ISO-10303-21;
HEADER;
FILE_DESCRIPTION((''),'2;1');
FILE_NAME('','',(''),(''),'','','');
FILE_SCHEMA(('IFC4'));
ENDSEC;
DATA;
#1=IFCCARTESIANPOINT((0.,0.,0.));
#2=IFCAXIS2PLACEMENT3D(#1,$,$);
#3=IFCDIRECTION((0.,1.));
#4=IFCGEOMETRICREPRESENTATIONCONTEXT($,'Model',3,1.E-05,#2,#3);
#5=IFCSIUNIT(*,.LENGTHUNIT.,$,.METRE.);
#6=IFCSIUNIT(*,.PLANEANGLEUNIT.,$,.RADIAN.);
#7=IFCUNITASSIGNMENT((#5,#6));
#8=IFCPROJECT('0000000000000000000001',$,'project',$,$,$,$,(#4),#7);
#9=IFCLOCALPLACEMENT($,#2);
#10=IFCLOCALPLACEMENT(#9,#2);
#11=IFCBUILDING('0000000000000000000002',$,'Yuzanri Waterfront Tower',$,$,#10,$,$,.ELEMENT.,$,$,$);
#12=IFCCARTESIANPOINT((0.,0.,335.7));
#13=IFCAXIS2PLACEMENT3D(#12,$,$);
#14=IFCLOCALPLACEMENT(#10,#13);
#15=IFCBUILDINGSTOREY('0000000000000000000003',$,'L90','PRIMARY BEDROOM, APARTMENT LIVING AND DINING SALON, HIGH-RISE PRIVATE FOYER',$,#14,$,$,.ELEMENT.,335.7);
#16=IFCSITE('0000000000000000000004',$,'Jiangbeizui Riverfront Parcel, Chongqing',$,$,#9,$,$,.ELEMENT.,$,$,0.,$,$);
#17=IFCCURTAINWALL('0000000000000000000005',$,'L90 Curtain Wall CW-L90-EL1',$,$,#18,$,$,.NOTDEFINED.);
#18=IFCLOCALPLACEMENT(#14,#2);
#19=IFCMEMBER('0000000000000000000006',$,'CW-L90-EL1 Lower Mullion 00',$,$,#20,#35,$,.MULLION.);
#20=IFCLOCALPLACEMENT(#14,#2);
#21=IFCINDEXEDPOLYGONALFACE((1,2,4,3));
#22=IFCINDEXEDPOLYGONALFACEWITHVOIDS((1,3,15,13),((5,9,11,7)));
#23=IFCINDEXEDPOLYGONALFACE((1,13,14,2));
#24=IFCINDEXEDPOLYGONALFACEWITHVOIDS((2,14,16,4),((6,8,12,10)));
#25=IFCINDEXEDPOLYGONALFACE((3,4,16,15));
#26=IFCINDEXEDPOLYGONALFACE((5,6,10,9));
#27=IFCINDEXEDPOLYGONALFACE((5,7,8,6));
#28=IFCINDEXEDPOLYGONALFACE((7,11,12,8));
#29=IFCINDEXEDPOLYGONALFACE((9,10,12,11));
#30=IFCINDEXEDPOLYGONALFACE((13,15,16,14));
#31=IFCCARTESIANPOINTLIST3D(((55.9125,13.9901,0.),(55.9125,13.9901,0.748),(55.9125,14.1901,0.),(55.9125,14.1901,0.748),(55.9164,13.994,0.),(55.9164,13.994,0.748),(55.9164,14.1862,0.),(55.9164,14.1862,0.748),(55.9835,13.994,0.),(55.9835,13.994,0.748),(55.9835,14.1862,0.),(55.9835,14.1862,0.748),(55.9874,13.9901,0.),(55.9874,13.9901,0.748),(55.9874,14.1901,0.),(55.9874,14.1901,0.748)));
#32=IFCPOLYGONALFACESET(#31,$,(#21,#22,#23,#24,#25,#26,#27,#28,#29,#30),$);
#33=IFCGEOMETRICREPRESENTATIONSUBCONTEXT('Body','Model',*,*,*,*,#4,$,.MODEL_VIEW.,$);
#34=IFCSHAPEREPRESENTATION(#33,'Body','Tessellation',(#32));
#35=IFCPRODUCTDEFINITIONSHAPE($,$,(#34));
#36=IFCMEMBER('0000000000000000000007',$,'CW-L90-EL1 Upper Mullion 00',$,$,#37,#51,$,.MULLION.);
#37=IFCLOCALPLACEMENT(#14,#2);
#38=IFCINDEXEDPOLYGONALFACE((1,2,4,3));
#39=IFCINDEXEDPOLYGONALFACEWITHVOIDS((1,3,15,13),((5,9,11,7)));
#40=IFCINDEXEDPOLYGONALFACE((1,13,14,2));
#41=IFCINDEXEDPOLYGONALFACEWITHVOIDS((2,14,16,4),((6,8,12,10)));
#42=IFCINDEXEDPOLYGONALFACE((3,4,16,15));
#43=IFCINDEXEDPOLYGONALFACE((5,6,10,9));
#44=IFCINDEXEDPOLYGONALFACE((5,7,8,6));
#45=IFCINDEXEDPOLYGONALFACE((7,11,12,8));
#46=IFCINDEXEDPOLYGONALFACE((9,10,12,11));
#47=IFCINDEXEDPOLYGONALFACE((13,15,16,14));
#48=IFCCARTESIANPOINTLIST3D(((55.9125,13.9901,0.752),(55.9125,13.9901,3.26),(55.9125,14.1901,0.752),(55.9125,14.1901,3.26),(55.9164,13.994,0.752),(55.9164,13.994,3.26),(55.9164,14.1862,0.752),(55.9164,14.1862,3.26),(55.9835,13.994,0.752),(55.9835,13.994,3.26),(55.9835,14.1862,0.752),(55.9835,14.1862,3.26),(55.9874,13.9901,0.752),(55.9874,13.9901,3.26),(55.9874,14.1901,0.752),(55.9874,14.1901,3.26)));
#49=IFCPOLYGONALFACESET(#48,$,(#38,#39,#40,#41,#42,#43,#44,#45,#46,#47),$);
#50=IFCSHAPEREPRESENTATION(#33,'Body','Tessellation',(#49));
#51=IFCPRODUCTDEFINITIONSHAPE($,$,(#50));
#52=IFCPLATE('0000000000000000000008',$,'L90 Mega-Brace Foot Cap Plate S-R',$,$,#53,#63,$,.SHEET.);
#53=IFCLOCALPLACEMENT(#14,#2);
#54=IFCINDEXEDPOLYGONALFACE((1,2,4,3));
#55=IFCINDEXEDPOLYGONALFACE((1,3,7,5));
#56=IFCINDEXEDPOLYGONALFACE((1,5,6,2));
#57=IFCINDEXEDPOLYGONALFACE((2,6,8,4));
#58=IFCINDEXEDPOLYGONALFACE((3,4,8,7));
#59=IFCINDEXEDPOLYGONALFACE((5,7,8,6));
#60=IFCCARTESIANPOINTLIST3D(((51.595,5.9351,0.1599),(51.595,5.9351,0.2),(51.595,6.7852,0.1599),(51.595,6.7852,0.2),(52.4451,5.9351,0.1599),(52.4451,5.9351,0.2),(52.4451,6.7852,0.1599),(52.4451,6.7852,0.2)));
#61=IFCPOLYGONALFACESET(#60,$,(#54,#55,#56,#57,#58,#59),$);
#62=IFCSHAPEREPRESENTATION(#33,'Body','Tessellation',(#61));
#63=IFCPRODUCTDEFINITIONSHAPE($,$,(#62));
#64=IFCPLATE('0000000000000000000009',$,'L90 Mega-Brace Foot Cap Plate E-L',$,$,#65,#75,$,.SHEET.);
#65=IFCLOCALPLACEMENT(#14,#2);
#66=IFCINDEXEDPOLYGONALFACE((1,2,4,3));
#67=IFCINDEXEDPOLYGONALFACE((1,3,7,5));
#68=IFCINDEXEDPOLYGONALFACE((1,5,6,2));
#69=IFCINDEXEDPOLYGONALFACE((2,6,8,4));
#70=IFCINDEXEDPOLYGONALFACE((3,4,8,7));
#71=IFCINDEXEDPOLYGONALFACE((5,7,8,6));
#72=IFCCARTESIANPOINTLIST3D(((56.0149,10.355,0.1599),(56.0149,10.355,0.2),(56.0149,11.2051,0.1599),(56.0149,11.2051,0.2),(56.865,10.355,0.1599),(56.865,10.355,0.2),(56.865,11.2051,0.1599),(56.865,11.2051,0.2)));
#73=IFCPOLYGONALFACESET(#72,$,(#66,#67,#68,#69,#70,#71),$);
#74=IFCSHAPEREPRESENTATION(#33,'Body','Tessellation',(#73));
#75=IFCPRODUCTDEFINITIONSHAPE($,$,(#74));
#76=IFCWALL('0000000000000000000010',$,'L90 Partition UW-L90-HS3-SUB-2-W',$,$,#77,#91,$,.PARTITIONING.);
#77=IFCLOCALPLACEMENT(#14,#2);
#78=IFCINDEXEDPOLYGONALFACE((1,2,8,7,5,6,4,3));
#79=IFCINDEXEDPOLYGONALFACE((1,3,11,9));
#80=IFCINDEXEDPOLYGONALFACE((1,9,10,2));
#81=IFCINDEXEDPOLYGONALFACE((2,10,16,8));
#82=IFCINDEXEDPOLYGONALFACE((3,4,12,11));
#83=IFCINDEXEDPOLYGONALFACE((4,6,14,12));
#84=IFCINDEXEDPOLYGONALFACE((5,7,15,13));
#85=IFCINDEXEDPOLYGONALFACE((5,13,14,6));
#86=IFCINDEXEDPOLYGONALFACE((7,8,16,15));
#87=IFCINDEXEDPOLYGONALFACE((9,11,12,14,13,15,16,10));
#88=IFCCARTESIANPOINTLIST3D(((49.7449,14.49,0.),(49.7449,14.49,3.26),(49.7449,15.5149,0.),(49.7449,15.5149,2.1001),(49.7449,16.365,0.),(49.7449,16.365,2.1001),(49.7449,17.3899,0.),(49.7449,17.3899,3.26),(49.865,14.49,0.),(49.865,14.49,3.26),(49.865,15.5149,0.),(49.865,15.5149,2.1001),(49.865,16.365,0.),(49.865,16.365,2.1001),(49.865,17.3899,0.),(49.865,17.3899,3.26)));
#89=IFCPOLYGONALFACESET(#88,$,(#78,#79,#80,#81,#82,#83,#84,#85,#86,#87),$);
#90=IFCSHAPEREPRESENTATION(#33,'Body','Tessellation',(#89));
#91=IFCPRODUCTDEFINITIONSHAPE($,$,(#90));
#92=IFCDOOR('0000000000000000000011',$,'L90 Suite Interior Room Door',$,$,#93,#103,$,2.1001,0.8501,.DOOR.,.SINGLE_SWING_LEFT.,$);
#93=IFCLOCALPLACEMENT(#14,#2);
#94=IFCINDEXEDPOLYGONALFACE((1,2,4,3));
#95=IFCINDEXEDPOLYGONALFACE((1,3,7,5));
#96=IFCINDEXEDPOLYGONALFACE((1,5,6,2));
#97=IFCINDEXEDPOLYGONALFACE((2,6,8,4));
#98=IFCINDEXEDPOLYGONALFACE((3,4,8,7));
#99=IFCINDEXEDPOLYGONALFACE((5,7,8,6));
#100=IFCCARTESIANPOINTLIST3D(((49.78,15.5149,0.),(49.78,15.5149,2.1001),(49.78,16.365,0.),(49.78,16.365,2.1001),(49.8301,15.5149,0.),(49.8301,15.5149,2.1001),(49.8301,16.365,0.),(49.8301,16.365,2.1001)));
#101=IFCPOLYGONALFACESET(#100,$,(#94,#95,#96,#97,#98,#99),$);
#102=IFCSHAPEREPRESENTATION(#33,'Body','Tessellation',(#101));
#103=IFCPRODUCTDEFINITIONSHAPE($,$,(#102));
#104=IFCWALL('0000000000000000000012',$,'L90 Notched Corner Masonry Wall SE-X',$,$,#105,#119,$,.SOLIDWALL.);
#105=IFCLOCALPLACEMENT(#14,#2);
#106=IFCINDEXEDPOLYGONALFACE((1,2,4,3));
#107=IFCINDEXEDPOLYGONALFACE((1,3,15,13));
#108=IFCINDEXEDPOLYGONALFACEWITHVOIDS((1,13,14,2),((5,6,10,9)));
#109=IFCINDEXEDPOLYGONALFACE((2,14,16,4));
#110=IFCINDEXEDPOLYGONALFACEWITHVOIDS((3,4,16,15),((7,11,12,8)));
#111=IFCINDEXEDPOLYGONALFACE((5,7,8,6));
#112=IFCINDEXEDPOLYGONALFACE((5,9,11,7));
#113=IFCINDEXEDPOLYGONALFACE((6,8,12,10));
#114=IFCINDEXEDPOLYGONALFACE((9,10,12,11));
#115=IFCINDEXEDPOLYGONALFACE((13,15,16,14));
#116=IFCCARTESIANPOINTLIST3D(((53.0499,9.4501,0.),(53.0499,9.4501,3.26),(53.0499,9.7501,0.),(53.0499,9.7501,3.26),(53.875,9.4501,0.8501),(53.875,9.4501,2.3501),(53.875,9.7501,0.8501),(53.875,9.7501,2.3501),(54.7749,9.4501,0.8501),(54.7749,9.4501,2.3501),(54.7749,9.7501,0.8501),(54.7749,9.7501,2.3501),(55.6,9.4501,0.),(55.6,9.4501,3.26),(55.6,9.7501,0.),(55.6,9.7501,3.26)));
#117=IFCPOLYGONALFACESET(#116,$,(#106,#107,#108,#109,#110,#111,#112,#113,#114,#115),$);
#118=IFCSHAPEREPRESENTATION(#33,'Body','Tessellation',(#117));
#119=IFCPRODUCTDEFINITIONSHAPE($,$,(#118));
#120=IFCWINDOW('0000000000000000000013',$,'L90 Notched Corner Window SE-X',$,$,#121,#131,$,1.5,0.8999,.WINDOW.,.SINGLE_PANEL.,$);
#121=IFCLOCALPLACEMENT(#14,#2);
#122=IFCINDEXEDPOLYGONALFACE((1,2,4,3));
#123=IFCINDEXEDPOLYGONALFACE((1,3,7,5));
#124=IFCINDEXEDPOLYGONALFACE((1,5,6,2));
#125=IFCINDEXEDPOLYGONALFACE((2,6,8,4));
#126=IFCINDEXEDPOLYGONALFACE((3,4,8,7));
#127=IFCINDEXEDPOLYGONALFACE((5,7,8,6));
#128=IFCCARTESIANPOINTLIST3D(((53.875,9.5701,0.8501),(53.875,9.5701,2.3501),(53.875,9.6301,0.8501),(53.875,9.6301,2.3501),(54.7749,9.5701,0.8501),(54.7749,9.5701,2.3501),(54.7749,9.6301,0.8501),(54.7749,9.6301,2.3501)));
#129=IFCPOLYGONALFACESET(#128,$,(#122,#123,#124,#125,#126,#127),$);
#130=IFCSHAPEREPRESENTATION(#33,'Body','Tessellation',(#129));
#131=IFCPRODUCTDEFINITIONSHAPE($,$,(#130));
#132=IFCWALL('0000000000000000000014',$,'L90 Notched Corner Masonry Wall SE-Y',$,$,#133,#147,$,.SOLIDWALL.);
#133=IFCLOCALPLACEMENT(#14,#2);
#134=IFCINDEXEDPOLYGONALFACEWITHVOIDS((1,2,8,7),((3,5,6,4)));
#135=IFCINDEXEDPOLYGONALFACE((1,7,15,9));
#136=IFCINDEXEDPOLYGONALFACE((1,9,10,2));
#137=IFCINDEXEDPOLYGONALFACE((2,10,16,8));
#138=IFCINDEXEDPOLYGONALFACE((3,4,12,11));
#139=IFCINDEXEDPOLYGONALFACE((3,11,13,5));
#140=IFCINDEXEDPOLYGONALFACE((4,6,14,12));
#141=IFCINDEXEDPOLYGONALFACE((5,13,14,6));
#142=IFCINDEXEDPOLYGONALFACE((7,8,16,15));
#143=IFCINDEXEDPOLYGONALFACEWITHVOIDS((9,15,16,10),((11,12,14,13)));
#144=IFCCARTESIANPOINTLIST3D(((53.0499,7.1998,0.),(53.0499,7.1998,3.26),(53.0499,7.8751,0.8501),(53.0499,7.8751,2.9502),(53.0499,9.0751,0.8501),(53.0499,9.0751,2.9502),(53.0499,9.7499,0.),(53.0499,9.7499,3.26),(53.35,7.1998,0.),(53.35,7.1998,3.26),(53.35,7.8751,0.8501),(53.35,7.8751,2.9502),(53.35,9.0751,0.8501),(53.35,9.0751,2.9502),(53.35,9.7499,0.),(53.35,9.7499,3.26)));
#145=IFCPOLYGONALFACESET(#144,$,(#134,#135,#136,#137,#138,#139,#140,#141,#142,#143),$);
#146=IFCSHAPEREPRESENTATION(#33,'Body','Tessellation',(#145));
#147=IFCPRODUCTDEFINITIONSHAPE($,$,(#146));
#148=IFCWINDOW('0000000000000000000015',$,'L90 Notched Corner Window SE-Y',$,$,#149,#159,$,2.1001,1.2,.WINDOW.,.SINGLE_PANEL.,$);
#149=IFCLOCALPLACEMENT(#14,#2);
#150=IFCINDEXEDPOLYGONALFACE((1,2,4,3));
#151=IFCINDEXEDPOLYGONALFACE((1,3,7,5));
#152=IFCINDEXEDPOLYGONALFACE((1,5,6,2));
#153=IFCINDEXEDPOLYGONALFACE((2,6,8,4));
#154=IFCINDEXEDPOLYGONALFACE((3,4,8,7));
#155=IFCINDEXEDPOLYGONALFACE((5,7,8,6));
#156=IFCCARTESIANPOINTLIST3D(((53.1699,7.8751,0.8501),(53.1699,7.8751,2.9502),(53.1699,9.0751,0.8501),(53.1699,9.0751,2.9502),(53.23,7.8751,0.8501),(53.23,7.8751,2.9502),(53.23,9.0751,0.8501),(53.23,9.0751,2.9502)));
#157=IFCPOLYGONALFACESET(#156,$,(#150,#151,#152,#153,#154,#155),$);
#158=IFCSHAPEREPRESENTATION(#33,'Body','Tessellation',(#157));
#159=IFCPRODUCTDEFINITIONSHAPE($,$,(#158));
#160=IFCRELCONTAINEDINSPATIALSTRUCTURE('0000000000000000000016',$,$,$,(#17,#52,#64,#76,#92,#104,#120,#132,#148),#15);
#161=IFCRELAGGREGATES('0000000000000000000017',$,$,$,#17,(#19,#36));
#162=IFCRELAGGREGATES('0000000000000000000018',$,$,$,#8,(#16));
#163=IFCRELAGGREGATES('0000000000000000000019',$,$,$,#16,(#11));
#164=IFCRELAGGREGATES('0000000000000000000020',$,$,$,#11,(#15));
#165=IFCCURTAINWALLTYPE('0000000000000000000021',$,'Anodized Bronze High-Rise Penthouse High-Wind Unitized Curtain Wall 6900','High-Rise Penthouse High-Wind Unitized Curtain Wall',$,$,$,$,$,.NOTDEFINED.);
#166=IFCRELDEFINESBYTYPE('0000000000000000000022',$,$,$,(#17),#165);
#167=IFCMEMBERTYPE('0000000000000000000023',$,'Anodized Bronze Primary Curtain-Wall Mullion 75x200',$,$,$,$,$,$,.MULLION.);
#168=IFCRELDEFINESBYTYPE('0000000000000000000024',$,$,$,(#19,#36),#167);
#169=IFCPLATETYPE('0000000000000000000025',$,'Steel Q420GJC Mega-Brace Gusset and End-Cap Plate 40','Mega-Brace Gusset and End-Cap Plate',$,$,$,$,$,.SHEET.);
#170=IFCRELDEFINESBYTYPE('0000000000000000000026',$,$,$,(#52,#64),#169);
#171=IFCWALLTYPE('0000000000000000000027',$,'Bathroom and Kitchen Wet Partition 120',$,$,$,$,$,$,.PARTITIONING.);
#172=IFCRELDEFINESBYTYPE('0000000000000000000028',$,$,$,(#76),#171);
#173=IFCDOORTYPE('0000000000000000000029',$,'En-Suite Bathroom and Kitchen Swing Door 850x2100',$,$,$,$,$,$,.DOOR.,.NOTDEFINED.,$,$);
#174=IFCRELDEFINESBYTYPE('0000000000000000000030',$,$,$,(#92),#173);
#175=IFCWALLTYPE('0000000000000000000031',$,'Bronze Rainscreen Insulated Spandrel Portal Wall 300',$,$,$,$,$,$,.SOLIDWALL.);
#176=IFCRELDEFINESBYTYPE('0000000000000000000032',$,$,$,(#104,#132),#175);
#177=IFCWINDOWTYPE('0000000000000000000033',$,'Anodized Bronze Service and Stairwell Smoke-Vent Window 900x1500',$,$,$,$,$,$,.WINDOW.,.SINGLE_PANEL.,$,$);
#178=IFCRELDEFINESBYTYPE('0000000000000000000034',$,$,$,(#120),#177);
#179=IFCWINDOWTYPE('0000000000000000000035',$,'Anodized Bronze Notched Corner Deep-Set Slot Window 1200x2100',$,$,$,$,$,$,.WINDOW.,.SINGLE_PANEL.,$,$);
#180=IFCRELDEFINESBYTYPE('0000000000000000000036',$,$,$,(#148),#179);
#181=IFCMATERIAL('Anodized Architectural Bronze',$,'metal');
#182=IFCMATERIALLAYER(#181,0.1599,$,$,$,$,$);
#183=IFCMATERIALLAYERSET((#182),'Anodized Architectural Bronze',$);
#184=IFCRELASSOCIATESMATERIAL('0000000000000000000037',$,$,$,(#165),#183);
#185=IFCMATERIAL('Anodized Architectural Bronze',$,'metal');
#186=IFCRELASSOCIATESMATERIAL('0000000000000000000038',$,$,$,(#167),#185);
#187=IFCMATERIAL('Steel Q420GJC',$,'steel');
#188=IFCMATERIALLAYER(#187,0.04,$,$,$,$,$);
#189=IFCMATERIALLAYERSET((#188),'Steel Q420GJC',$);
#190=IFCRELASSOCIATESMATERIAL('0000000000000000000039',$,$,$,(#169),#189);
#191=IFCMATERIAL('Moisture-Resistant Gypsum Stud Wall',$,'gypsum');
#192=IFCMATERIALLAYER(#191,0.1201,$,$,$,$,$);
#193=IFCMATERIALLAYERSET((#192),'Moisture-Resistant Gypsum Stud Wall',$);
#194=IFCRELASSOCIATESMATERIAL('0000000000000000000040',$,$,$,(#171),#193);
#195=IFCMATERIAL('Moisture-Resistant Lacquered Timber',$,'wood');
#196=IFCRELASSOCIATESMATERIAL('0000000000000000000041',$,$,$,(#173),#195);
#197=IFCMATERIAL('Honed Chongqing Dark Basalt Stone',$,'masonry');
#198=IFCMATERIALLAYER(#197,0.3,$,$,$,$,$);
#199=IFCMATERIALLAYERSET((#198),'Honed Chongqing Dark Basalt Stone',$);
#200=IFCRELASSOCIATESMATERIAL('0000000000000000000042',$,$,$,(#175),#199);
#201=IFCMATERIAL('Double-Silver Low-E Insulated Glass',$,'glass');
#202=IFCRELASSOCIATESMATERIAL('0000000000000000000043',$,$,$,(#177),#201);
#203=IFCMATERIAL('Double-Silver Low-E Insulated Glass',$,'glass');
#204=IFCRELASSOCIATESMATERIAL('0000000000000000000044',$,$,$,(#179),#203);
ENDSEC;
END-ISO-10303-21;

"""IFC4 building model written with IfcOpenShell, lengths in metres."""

from ifc_helpers import new_model, si_unit, direction, frame, frame_2d, origin, origin_2d, place, context, subcontext, project, spatial, rectangle, hollow_rectangle, extrude, source, transform, mapped, material, layer, layer_set, material_profile, profile_set, type_object, element, fill, aggregate, save


model = new_model("IFC4")

# Units and contexts
model_context = context("Model", 3, precision=1e-05, world=origin(), true_north=direction((0.0, 1.0)))
body_context = subcontext(model_context, "Body", "Model", "MODEL_VIEW")
ifc_project = project(units=[si_unit("LENGTHUNIT", "METRE"), si_unit("PLANEANGLEUNIT", "RADIAN")], contexts=[model_context])

# Site, building, storey
site_placement = place(None, origin())
site = spatial("IfcSite", under=ifc_project, at=site_placement, Name="Jiangbeizui Riverfront Parcel, Chongqing", CompositionType="ELEMENT", RefElevation=0.0)
building_placement = place(site_placement, origin())
building = spatial("IfcBuilding", under=site, at=building_placement, Name="Yuzanri Waterfront Tower", CompositionType="ELEMENT")
storey_placement = place(building_placement, frame((0.0, 0.0, 335.7)))
storey = spatial("IfcBuildingStorey", under=building, at=storey_placement, Name="L90", Description="PRIMARY BEDROOM, APARTMENT LIVING AND DINING SALON, HIGH-RISE PRIVATE FOYER", CompositionType="ELEMENT", Elevation=335.7)

# Curtain wall, members
ifc_material_1 = material(Name="Anodized Architectural Bronze", Category="metal")
ifc_layer_1 = layer(ifc_material_1, 0.1599)
ifc_layer_set_1 = layer_set([ifc_layer_1], Name="Anodized Architectural Bronze")
curtain_wall_type = type_object("IfcCurtainWallType", Name="Anodized Bronze High-Rise Penthouse High-Wind Unitized Curtain Wall 6900", Description="High-Rise Penthouse High-Wind Unitized Curtain Wall", PredefinedType="NOTDEFINED", material=ifc_layer_set_1)
curtain_wall_placement = place(storey_placement, origin())
curtain_wall = element("IfcCurtainWall", 1, at=curtain_wall_placement, inside=storey, type_object=curtain_wall_type, Name="L90 Curtain Wall CW-L90-EL1", PredefinedType="NOTDEFINED")
ifc_material_2 = material(Name="Anodized Architectural Bronze", Category="metal")
ifc_material_profile_1 = material_profile(ifc_material_2, hollow_rectangle(XDim=0.075, YDim=0.2, WallThickness=0.0039, at=origin_2d()), Name="CWM 75x200")
ifc_profile_set_1 = profile_set([ifc_material_profile_1], Name="Anodized Architectural Bronze")
member_type_1 = type_object("IfcMemberType", Name="Anodized Bronze Primary Curtain-Wall Mullion 75x200", PredefinedType="MULLION", material=ifc_profile_set_1)
shared_shape_1 = source(origin(), body_context, "Body", "SweptSolid", [
    extrude(hollow_rectangle(XDim=0.075, YDim=0.2, WallThickness=0.0039, at=origin_2d()), origin(), (0.0, 0.0, 1.0), 0.748),
])
member_1_placement = place(storey_placement, frame((55.95, 14.0901, 0.0), z_axis=(0.0, 0.0, 1.0), x_axis=(1.0, 0.0, 0.0)))
member_1 = element("IfcMember", 2, at=member_1_placement, type_object=member_type_1, Name="CW-L90-EL1 Lower Mullion 00", PredefinedType="MULLION", context=body_context, shape_type="MappedRepresentation", body=[
    mapped(shared_shape_1, transform((0.0, 0.0, 0.0), scale=1.0)),
])
shared_shape_2 = source(origin(), body_context, "Body", "SweptSolid", [
    extrude(hollow_rectangle(XDim=0.075, YDim=0.2, WallThickness=0.0039, at=origin_2d()), origin(), (0.0, 0.0, 1.0), 2.5081),
])
member_2_placement = place(storey_placement, frame((55.95, 14.0901, 0.752), z_axis=(0.0, 0.0, 1.0), x_axis=(1.0, 0.0, 0.0)))
member_2 = element("IfcMember", 3, at=member_2_placement, type_object=member_type_1, Name="CW-L90-EL1 Upper Mullion 00", PredefinedType="MULLION", context=body_context, shape_type="MappedRepresentation", body=[
    mapped(shared_shape_2, transform((0.0, 0.0, 0.0), scale=1.0)),
])
aggregate(curtain_wall, [member_1, member_2])

# Plates
ifc_material_3 = material(Name="Steel Q420GJC", Category="steel")
ifc_layer_2 = layer(ifc_material_3, 0.04)
ifc_layer_set_2 = layer_set([ifc_layer_2], Name="Steel Q420GJC")
plate_type = type_object("IfcPlateType", Name="Steel Q420GJC Mega-Brace Gusset and End-Cap Plate 40", Description="Mega-Brace Gusset and End-Cap Plate", PredefinedType="SHEET", material=ifc_layer_set_2)
shared_shape_3 = source(origin(), body_context, "Body", "SweptSolid", [
    extrude(rectangle(XDim=0.8501, YDim=0.8501, at=origin_2d()), origin(), (0.0, 0.0, 1.0), 0.04),
])
for number, where, z_axis, x_axis, name in (
    (4, (52.02, 6.3601, 0.1599), (0.0, 0.0, 1.0), (1.0, 0.0, 0.0), "L90 Mega-Brace Foot Cap Plate S-R"),
    (5, (56.4399, 10.78, 0.1599), (0.0, 0.0, 1.0), (1.0, 0.0, 0.0), "L90 Mega-Brace Foot Cap Plate E-L"),
):
    element("IfcPlate", number, at=place(storey_placement, frame(where, z_axis=z_axis, x_axis=x_axis)), inside=storey, type_object=plate_type, Name=name, PredefinedType="SHEET", context=body_context, shape_type="MappedRepresentation", body=[
        mapped(shared_shape_3, transform((0.0, 0.0, 0.0), scale=1.0)),
    ])

# Wall, opening, door
ifc_material_4 = material(Name="Moisture-Resistant Gypsum Stud Wall", Category="gypsum")
ifc_layer_3 = layer(ifc_material_4, 0.1201)
ifc_layer_set_3 = layer_set([ifc_layer_3], Name="Moisture-Resistant Gypsum Stud Wall")
wall_type_1 = type_object("IfcWallType", Name="Bathroom and Kitchen Wet Partition 120", PredefinedType="PARTITIONING", material=ifc_layer_set_3)
wall_1_placement = place(storey_placement, frame((49.8049, 14.49, 0.0), z_axis=(0.0, 0.0, 1.0), x_axis=(0.0, 1.0, 0.0)))
wall_1 = element("IfcWall", 6, at=wall_1_placement, inside=storey, type_object=wall_type_1, Name="L90 Partition UW-L90-HS3-SUB-2-W", PredefinedType="PARTITIONING", context=body_context, shape_type="SweptSolid", body=[
    extrude(rectangle(XDim=2.8999, YDim=0.1201, at=frame_2d((1.45, 0.0))), origin(), (0.0, 0.0, 1.0), 3.26),
])
opening_1_placement = place(wall_1_placement, frame((1.0249, 0.0, 0.0)))
opening_1 = element("IfcOpeningElement", 7, at=opening_1_placement, cuts=wall_1, PredefinedType="OPENING", context=body_context, shape_type="SweptSolid", body=[
    extrude(rectangle(XDim=0.8501, YDim=2.1001, at=frame_2d((0.425, 1.05))), frame((0.0, 0.075, 0.0), z_axis=(0.0, -1.0, 0.0), x_axis=(1.0, 0.0, 0.0)), (0.0, 0.0, 1.0), 0.1499),
])
ifc_material_5 = material(Name="Moisture-Resistant Lacquered Timber", Category="wood")
door_type = type_object("IfcDoorType", Name="En-Suite Bathroom and Kitchen Swing Door 850x2100", OperationType="NOTDEFINED", PredefinedType="DOOR", material=ifc_material_5)
shared_shape_4 = source(origin(), body_context, "Body", "SweptSolid", [
    extrude(rectangle(XDim=0.8501, YDim=2.1001, at=frame_2d((0.425, 1.05))), frame((0.0, 0.0249, 0.0), z_axis=(0.0, -1.0, 0.0), x_axis=(1.0, 0.0, 0.0)), (0.0, 0.0, 1.0), 0.05),
])
door_placement = place(opening_1_placement, origin())
door = element("IfcDoor", 8, at=door_placement, inside=storey, type_object=door_type, Name="L90 Suite Interior Room Door", OperationType="SINGLE_SWING_LEFT", OverallHeight=2.1001, OverallWidth=0.8501, PredefinedType="DOOR", context=body_context, shape_type="MappedRepresentation", body=[
    mapped(shared_shape_4, transform((0.0, 0.0, 0.0), scale=1.0)),
])
fill(opening_1, door)

# Walls, openings, windows
ifc_material_6 = material(Name="Honed Chongqing Dark Basalt Stone", Category="masonry")
ifc_layer_4 = layer(ifc_material_6, 0.3)
ifc_layer_set_4 = layer_set([ifc_layer_4], Name="Honed Chongqing Dark Basalt Stone")
wall_type_2 = type_object("IfcWallType", Name="Bronze Rainscreen Insulated Spandrel Portal Wall 300", PredefinedType="SOLIDWALL", material=ifc_layer_set_4)
wall_2_placement = place(storey_placement, frame((53.05, 9.6001, 0.0), z_axis=(0.0, 0.0, 1.0), x_axis=(1.0, 0.0, 0.0)))
wall_2 = element("IfcWall", 9, at=wall_2_placement, inside=storey, type_object=wall_type_2, Name="L90 Notched Corner Masonry Wall SE-X", PredefinedType="SOLIDWALL", context=body_context, shape_type="SweptSolid", body=[
    extrude(rectangle(XDim=2.55, YDim=0.3, at=frame_2d((1.2749, 0.0))), origin(), (0.0, 0.0, 1.0), 3.26),
])
opening_2_placement = place(wall_2_placement, frame((0.825, 0.0, 0.8501)))
opening_2 = element("IfcOpeningElement", 10, at=opening_2_placement, cuts=wall_2, PredefinedType="OPENING", context=body_context, shape_type="SweptSolid", body=[
    extrude(rectangle(XDim=0.8999, YDim=1.5, at=frame_2d((0.45, 0.75))), frame((0.0, 0.165, 0.0), z_axis=(0.0, -1.0, 0.0), x_axis=(1.0, 0.0, 0.0)), (0.0, 0.0, 1.0), 0.3298),
])
ifc_material_7 = material(Name="Double-Silver Low-E Insulated Glass", Category="glass")
window_type_1 = type_object("IfcWindowType", Name="Anodized Bronze Service and Stairwell Smoke-Vent Window 900x1500", PartitioningType="SINGLE_PANEL", PredefinedType="WINDOW", material=ifc_material_7)
shared_shape_5 = source(origin(), body_context, "Body", "SweptSolid", [
    extrude(rectangle(XDim=0.8999, YDim=1.5, at=frame_2d((0.45, 0.75))), frame((0.0, 0.03, 0.0), z_axis=(0.0, -1.0, 0.0), x_axis=(1.0, 0.0, 0.0)), (0.0, 0.0, 1.0), 0.0601),
])
window_1_placement = place(opening_2_placement, origin())
window_1 = element("IfcWindow", 11, at=window_1_placement, inside=storey, type_object=window_type_1, Name="L90 Notched Corner Window SE-X", OverallHeight=1.5, OverallWidth=0.8999, PartitioningType="SINGLE_PANEL", PredefinedType="WINDOW", context=body_context, shape_type="MappedRepresentation", body=[
    mapped(shared_shape_5, transform((0.0, 0.0, 0.0), scale=1.0)),
])
fill(opening_2, window_1)
wall_3_placement = place(storey_placement, frame((53.2, 7.2, 0.0), z_axis=(0.0, 0.0, 1.0), x_axis=(0.0, 1.0, 0.0)))
wall_3 = element("IfcWall", 12, at=wall_3_placement, inside=storey, type_object=wall_type_2, Name="L90 Notched Corner Masonry Wall SE-Y", PredefinedType="SOLIDWALL", context=body_context, shape_type="SweptSolid", body=[
    extrude(rectangle(XDim=2.55, YDim=0.3, at=frame_2d((1.2749, 0.0))), origin(), (0.0, 0.0, 1.0), 3.26),
])
opening_3_placement = place(wall_3_placement, frame((0.675, 0.0, 0.8501)))
opening_3 = element("IfcOpeningElement", 13, at=opening_3_placement, cuts=wall_3, PredefinedType="OPENING", context=body_context, shape_type="SweptSolid", body=[
    extrude(rectangle(XDim=1.2, YDim=2.1001, at=frame_2d((0.6001, 1.05))), frame((0.0, 0.165, 0.0), z_axis=(0.0, -1.0, 0.0), x_axis=(1.0, 0.0, 0.0)), (0.0, 0.0, 1.0), 0.3298),
])
ifc_material_8 = material(Name="Double-Silver Low-E Insulated Glass", Category="glass")
window_type_2 = type_object("IfcWindowType", Name="Anodized Bronze Notched Corner Deep-Set Slot Window 1200x2100", PartitioningType="SINGLE_PANEL", PredefinedType="WINDOW", material=ifc_material_8)
shared_shape_6 = source(origin(), body_context, "Body", "SweptSolid", [
    extrude(rectangle(XDim=1.2, YDim=2.1001, at=frame_2d((0.6001, 1.05))), frame((0.0, 0.03, 0.0), z_axis=(0.0, -1.0, 0.0), x_axis=(1.0, 0.0, 0.0)), (0.0, 0.0, 1.0), 0.0601),
])
window_2_placement = place(opening_3_placement, origin())
window_2 = element("IfcWindow", 14, at=window_2_placement, inside=storey, type_object=window_type_2, Name="L90 Notched Corner Window SE-Y", OverallHeight=2.1001, OverallWidth=1.2, PartitioningType="SINGLE_PANEL", PredefinedType="WINDOW", context=body_context, shape_type="MappedRepresentation", body=[
    mapped(shared_shape_6, transform((0.0, 0.0, 0.0), scale=1.0)),
])
fill(opening_3, window_2)

save(model, "model.ifc")
